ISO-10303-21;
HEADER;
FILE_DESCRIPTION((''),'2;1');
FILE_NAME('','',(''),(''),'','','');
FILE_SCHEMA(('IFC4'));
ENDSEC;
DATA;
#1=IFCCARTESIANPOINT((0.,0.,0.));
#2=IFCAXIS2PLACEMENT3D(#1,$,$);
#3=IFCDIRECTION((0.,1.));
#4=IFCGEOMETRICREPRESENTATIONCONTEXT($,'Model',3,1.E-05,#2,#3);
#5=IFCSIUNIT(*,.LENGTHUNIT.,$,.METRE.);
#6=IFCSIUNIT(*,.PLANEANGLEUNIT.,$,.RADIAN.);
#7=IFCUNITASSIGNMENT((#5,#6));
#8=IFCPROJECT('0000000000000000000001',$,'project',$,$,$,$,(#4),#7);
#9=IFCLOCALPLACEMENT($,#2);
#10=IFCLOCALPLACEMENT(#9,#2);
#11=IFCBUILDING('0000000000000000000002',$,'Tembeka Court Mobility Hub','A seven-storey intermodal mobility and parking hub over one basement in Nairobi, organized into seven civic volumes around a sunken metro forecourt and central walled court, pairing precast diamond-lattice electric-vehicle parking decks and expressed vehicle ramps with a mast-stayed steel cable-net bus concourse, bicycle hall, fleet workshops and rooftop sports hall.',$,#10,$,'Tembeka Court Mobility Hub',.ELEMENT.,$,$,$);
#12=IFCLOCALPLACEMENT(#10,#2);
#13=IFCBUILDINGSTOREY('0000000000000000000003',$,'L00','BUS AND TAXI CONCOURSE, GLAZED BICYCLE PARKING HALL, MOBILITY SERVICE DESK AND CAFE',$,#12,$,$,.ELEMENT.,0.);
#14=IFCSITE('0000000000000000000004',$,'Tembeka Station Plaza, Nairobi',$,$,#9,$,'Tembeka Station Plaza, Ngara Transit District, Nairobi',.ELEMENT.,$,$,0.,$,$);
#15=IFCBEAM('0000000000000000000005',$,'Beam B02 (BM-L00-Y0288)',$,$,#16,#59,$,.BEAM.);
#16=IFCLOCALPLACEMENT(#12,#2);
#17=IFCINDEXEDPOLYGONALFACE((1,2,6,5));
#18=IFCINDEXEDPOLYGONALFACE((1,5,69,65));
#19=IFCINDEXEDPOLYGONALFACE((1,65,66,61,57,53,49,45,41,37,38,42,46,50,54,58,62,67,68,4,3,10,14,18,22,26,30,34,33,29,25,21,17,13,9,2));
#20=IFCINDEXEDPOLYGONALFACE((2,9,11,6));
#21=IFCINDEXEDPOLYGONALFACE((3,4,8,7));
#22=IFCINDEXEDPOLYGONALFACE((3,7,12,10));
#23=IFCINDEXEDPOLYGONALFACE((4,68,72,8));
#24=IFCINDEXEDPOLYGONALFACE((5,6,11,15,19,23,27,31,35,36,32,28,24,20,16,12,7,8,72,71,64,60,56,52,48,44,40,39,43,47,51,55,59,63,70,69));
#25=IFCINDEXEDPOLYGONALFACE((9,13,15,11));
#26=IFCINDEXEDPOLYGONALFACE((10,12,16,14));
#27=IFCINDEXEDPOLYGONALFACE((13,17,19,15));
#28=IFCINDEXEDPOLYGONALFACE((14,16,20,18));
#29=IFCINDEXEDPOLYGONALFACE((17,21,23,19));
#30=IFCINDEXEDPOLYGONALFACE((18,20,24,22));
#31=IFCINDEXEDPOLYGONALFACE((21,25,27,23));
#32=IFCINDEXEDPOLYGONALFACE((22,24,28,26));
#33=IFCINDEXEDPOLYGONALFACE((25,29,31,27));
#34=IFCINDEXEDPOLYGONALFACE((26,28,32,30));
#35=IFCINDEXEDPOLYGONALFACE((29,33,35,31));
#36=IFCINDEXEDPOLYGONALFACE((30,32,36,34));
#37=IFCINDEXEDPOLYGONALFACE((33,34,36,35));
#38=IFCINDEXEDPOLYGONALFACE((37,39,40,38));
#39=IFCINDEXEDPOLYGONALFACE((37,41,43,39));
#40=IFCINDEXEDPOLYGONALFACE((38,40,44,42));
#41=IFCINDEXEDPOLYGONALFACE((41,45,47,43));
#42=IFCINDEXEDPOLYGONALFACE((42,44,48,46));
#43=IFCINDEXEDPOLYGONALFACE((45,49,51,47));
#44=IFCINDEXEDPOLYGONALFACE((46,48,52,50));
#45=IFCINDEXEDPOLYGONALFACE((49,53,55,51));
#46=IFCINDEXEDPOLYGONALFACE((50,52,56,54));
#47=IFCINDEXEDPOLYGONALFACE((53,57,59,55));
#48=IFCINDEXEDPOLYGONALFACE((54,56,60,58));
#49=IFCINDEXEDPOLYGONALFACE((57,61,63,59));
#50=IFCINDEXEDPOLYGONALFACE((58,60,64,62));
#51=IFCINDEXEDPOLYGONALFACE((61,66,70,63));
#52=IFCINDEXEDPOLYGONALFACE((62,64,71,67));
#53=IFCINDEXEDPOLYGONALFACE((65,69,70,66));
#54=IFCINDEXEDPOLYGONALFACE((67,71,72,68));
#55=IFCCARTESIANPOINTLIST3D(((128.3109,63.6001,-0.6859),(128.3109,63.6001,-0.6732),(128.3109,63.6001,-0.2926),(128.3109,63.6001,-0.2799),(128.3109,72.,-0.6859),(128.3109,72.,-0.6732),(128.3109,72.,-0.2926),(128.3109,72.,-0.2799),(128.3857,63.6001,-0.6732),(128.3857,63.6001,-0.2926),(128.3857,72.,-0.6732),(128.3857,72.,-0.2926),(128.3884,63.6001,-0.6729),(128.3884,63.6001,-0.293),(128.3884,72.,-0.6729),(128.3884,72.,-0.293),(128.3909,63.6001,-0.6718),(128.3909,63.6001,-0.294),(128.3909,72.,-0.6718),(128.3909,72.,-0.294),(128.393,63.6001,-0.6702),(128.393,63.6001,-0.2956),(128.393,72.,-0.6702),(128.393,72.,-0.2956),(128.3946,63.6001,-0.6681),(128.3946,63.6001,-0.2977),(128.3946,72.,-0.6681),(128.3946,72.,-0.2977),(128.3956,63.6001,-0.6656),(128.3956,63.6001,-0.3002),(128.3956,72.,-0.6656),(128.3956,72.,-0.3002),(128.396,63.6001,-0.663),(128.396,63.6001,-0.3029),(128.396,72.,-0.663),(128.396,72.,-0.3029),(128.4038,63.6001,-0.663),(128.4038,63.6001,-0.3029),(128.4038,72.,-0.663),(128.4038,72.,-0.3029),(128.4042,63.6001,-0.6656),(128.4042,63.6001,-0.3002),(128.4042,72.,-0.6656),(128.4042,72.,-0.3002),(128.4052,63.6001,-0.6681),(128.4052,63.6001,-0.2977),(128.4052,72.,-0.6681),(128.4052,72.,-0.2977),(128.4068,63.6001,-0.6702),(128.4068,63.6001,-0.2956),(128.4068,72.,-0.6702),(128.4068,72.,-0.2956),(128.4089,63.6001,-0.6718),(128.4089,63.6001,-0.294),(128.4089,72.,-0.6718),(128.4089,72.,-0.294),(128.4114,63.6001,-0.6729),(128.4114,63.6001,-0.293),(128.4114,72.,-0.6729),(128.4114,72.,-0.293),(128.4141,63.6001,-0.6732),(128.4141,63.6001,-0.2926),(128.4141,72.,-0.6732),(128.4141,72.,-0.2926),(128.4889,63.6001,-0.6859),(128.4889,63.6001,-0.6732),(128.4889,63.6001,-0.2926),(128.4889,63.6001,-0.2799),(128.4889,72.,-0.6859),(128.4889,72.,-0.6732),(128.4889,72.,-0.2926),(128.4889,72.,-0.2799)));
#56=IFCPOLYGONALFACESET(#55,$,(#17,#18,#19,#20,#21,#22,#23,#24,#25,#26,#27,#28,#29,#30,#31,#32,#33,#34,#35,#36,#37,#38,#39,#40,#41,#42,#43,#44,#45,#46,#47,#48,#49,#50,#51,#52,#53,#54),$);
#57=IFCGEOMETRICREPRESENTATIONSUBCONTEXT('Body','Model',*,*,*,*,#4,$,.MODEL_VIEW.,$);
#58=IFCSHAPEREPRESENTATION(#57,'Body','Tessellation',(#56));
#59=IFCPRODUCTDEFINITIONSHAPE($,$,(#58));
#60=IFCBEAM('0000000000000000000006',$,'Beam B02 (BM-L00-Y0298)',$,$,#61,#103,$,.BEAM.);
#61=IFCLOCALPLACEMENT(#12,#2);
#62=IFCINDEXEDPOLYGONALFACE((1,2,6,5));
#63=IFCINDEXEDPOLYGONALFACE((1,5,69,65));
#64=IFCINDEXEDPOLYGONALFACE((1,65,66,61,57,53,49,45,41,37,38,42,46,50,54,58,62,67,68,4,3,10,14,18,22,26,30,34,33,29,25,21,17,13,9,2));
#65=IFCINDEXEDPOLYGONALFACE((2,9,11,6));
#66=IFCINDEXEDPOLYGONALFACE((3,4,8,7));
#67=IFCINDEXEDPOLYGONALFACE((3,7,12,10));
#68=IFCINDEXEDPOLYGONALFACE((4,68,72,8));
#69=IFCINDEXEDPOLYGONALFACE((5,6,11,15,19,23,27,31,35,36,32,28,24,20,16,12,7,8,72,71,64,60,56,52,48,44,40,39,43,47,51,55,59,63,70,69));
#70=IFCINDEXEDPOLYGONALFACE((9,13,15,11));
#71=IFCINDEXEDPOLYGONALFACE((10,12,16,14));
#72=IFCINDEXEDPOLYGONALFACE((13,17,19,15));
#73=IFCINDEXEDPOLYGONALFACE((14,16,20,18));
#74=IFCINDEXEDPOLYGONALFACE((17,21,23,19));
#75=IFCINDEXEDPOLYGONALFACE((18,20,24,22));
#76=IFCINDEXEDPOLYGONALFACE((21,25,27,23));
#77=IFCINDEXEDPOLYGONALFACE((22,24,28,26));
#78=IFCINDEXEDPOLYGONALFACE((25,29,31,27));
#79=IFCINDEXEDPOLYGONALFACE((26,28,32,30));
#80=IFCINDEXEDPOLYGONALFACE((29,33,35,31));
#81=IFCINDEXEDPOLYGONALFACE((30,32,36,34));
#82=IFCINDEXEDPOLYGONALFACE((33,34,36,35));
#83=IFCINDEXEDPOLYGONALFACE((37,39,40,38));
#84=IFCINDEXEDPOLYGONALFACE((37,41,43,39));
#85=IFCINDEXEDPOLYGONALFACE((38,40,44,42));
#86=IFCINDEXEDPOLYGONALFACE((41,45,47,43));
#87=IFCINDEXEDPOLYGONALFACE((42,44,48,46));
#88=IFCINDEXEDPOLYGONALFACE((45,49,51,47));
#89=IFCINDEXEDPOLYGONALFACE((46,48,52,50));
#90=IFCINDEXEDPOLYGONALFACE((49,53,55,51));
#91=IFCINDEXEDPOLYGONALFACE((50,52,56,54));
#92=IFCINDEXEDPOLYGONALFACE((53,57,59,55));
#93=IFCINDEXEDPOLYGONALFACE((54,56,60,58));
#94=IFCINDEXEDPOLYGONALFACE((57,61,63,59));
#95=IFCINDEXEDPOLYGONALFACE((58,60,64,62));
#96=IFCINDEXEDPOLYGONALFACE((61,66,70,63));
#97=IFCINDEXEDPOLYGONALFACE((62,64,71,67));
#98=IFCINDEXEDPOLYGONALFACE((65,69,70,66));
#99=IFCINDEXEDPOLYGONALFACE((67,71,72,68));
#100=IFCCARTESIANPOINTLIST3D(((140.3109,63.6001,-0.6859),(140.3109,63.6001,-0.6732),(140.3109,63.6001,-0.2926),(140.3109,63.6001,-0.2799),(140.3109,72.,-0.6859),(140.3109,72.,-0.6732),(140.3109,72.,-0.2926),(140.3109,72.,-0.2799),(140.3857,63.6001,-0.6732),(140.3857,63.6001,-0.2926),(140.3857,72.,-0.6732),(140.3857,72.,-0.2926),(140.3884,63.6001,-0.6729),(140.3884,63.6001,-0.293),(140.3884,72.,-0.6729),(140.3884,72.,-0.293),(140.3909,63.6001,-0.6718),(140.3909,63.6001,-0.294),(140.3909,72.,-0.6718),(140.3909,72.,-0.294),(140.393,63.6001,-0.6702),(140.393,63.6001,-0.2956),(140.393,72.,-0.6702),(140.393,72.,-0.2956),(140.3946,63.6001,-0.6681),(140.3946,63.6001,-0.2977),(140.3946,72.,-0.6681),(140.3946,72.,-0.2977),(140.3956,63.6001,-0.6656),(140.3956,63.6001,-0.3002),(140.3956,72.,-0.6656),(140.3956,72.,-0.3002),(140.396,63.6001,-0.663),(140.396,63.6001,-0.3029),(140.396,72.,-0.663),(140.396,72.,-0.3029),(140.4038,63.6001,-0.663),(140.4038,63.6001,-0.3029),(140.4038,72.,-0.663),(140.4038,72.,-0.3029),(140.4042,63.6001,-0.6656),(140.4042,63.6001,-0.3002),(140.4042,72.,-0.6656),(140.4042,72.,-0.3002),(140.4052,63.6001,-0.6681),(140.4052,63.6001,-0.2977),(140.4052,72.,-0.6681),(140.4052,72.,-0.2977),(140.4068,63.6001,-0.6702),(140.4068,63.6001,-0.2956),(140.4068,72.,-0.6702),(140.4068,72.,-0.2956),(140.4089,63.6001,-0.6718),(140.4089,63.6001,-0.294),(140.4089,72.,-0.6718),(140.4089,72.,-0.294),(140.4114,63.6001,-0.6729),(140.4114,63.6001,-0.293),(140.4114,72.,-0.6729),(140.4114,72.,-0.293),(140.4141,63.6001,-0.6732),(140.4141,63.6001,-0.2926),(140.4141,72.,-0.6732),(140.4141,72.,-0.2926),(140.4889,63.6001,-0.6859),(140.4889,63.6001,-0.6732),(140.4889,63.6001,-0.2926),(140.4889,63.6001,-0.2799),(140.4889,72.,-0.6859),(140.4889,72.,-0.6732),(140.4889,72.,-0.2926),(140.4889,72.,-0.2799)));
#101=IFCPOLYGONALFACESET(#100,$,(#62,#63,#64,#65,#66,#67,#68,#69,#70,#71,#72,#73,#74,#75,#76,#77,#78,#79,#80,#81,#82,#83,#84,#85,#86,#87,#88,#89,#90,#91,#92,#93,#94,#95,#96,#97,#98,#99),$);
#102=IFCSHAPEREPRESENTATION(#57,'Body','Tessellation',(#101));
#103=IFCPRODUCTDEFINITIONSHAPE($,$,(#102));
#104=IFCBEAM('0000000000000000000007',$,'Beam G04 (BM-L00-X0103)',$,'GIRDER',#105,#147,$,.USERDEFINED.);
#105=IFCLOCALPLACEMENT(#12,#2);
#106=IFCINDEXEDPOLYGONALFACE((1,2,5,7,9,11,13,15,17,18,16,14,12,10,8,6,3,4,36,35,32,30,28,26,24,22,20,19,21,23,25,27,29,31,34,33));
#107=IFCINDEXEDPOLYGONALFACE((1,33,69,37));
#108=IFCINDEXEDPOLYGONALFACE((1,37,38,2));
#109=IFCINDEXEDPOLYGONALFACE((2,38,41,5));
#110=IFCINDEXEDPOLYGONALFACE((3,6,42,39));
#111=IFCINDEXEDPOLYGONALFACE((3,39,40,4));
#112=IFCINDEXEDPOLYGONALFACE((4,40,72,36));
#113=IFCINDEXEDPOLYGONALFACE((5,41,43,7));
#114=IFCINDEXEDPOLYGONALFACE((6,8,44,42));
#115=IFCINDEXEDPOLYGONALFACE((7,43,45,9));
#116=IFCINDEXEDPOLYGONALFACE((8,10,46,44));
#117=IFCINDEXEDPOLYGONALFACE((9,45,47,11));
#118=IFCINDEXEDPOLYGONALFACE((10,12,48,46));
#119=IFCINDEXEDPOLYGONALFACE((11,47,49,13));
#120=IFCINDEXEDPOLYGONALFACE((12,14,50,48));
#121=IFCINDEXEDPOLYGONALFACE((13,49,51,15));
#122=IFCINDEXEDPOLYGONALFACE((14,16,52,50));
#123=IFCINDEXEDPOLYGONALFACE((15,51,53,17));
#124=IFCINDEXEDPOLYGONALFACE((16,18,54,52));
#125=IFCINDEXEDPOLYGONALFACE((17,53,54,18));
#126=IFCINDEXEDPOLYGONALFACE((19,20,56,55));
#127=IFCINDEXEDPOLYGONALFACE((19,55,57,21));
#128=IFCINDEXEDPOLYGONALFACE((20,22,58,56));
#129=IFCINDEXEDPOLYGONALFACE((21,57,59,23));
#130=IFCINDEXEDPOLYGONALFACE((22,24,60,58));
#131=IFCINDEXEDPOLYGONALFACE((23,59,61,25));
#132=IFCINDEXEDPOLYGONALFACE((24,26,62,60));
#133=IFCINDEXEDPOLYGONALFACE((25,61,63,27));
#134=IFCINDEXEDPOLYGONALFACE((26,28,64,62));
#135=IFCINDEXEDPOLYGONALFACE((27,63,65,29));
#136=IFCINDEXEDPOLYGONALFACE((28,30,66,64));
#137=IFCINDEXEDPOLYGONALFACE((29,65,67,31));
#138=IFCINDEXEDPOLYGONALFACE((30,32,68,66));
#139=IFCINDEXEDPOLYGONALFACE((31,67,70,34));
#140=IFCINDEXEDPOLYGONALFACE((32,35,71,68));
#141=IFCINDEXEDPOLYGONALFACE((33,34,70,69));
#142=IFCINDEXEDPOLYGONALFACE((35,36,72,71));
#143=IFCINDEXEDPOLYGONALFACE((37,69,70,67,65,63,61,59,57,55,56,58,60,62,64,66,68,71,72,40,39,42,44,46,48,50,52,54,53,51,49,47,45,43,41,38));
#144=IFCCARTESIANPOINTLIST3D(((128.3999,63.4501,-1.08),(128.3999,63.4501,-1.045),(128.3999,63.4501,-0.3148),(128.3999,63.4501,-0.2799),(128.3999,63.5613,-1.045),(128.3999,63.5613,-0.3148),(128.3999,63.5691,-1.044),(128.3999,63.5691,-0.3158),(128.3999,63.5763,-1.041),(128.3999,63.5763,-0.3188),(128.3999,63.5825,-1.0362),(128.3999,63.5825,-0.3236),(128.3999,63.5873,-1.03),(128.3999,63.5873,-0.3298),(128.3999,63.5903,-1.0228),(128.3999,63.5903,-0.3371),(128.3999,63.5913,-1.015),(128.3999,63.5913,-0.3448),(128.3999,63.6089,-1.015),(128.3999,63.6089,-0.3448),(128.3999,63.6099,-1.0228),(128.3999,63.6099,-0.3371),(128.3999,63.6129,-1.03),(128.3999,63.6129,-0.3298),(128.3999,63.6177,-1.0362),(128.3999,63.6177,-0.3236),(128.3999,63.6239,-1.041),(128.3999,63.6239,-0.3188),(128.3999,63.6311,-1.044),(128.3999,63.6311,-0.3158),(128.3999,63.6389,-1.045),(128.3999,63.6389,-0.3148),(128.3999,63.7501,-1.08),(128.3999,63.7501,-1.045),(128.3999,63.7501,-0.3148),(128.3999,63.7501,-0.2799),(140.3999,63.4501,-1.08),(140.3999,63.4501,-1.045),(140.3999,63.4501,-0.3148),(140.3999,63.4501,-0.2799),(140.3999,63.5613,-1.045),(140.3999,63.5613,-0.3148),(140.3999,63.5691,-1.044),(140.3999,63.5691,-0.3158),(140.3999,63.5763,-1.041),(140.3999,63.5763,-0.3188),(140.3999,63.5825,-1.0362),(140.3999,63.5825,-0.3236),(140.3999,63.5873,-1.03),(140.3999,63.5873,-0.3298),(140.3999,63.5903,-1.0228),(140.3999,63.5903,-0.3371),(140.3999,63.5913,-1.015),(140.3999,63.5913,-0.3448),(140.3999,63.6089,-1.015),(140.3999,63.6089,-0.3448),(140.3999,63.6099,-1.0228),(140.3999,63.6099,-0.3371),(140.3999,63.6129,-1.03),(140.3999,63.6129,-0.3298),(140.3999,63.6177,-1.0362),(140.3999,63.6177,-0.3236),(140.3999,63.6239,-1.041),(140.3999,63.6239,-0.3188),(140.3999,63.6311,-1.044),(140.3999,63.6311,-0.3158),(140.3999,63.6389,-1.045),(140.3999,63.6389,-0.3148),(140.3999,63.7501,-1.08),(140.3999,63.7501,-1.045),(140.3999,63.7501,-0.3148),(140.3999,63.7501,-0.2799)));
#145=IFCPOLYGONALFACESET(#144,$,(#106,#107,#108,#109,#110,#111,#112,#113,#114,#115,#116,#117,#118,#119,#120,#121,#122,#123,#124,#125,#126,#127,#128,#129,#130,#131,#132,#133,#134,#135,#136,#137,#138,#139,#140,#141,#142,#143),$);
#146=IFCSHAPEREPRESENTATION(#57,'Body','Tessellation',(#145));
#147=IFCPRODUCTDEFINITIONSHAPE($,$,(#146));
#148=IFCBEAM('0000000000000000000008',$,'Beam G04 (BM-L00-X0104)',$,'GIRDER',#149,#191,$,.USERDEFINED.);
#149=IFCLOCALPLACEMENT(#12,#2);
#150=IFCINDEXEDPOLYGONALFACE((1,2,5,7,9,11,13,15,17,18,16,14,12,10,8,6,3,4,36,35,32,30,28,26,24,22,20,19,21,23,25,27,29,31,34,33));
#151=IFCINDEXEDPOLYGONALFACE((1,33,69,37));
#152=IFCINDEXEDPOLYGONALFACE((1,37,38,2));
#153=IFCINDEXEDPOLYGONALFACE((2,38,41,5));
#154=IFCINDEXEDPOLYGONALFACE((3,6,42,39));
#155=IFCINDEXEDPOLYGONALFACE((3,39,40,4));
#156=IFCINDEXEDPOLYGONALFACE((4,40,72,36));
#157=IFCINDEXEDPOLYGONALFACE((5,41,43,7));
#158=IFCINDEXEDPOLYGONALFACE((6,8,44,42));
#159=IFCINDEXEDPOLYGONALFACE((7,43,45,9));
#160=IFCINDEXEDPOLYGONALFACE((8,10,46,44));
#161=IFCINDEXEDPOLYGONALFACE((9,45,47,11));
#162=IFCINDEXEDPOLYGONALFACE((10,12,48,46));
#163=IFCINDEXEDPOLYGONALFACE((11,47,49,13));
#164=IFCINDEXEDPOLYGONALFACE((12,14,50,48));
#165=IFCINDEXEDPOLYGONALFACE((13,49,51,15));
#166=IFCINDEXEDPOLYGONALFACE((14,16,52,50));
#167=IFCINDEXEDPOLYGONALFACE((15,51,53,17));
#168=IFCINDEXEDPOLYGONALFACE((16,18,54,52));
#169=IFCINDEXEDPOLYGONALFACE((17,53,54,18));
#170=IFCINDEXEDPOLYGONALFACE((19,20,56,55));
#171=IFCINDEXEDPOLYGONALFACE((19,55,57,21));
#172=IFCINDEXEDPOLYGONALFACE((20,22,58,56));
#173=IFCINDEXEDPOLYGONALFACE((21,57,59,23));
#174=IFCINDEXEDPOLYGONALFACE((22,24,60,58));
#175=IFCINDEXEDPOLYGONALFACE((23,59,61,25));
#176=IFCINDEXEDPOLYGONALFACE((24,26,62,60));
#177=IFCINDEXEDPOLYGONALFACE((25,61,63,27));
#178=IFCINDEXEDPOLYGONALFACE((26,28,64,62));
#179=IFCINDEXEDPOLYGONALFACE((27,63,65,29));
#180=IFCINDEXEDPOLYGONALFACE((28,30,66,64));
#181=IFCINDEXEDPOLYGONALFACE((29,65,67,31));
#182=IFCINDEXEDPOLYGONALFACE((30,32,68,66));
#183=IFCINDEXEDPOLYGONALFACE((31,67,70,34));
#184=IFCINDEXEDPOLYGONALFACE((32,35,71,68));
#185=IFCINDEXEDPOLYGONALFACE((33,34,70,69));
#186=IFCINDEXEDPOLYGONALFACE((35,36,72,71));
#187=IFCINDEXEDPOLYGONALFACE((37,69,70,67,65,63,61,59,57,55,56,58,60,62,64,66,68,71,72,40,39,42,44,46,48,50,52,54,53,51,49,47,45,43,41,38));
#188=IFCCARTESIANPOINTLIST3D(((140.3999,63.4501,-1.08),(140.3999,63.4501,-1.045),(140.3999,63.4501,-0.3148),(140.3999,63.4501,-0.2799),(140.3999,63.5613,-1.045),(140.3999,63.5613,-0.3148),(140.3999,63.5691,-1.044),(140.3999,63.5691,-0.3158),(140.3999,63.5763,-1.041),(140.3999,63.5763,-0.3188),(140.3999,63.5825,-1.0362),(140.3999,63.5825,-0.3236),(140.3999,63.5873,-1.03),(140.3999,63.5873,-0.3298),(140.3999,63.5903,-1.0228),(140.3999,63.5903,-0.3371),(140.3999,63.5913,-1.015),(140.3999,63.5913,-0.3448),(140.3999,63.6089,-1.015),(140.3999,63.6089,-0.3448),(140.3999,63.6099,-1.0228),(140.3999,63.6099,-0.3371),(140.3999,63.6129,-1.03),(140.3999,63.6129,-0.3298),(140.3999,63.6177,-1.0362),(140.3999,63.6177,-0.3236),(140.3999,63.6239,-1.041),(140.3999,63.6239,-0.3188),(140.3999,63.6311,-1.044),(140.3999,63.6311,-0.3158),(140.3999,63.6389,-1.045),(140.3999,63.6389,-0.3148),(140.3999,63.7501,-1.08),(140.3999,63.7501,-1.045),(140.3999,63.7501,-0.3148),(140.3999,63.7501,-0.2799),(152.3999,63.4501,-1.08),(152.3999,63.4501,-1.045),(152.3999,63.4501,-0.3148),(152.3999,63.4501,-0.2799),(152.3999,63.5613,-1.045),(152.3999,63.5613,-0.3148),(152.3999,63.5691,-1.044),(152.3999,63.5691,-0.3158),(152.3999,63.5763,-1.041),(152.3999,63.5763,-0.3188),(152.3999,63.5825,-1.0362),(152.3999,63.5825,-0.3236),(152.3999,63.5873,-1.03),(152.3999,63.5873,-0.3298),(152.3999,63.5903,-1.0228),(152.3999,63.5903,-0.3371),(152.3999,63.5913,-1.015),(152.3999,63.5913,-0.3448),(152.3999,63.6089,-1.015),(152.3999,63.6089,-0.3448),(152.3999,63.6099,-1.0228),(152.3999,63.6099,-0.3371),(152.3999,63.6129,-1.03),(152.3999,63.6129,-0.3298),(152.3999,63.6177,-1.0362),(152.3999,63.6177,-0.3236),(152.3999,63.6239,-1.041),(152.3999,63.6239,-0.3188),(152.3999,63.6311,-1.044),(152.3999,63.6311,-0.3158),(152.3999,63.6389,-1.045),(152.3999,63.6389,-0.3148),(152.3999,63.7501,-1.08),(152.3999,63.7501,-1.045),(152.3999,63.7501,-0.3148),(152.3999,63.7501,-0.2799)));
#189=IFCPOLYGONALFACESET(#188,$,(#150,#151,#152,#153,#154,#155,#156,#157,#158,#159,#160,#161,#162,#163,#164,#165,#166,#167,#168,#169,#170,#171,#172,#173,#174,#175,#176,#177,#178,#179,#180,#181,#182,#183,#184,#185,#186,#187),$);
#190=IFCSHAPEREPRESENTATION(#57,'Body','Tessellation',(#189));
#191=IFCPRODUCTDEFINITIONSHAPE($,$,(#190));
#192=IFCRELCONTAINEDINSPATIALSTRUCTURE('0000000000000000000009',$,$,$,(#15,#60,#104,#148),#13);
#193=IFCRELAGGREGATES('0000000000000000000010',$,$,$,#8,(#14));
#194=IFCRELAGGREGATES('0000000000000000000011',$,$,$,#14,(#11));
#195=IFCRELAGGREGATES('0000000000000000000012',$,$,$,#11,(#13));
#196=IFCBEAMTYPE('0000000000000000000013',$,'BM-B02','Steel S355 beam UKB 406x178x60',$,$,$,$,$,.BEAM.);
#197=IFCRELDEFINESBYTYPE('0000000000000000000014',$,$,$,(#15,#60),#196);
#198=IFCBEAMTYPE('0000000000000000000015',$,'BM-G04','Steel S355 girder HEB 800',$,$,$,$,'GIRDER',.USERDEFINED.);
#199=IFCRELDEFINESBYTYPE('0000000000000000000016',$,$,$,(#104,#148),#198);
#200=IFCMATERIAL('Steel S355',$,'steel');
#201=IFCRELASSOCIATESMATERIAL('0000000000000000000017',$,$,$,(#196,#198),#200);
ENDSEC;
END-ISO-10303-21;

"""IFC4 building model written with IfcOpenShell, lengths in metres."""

from ifc_helpers import new_model, si_unit, direction, frame, origin, origin_2d, place, context, subcontext, project, spatial, i_section, extrude, material, material_profile, profile_set, type_object, element, save


model = new_model("IFC4")

# Units and contexts
model_context = context("Model", 3, precision=1e-05, world=origin(), true_north=direction((0.0, 1.0)))
body_context = subcontext(model_context, "Body", "Model", "MODEL_VIEW")
ifc_project = project(units=[si_unit("LENGTHUNIT", "METRE"), si_unit("PLANEANGLEUNIT", "RADIAN")], contexts=[model_context])

# Site, building, storey
site_placement = place(None, origin())
site = spatial("IfcSite", under=ifc_project, at=site_placement, Name="Tembeka Station Plaza, Nairobi", LongName="Tembeka Station Plaza, Ngara Transit District, Nairobi", CompositionType="ELEMENT", RefElevation=0.0)
building_placement = place(site_placement, origin())
building = spatial("IfcBuilding", under=site, at=building_placement, Name="Tembeka Court Mobility Hub", Description="A seven-storey intermodal mobility and parking hub over one basement in Nairobi, organized into seven civic volumes around a sunken metro forecourt and central walled court, pairing precast diamond-lattice electric-vehicle parking decks and expressed vehicle ramps with a mast-stayed steel cable-net bus concourse, bicycle hall, fleet workshops and rooftop sports hall.", LongName="Tembeka Court Mobility Hub", CompositionType="ELEMENT")
storey_placement = place(building_placement, origin())
storey = spatial("IfcBuildingStorey", under=building, at=storey_placement, Name="L00", Description="BUS AND TAXI CONCOURSE, GLAZED BICYCLE PARKING HALL, MOBILITY SERVICE DESK AND CAFE", CompositionType="ELEMENT", Elevation=0.0)

# Shared definitions
ifc_material_1 = material(Name="Steel S355", Category="steel")

# Beams
ifc_material_profile_1 = material_profile(ifc_material_1, i_section(OverallWidth=0.178, OverallDepth=0.406, WebThickness=0.0078, FlangeThickness=0.0127, FilletRadius=0.0103, at=origin_2d()), Name="UKB 406x178x60")
ifc_profile_set_1 = profile_set([ifc_material_profile_1], Name="Steel S355")
beam_type_1 = type_object("IfcBeamType", Name="BM-B02", Description="Steel S355 beam UKB 406x178x60", PredefinedType="BEAM", material=ifc_profile_set_1)
for number, where, z_axis, x_axis, name in (
    (1, (128.3999, 63.6001, -0.4829), (0.0, 1.0, 0.0), (-1.0, 0.0, 0.0), "Beam B02 (BM-L00-Y0288)"),
    (2, (140.3999, 63.6001, -0.4829), (0.0, 1.0, 0.0), (-1.0, 0.0, 0.0), "Beam B02 (BM-L00-Y0298)"),
):
    element("IfcBeam", number, at=place(storey_placement, frame(where, z_axis=z_axis, x_axis=x_axis)), inside=storey, type_object=beam_type_1, Name=name, PredefinedType="BEAM", context=body_context, shape_type="SweptSolid", body=[
        extrude(i_section(OverallWidth=0.178, OverallDepth=0.406, WebThickness=0.0078, FlangeThickness=0.0127, FilletRadius=0.0103, at=origin_2d()), origin(), (0.0, 0.0, 1.0), 8.3999),
    ])
ifc_material_profile_2 = material_profile(ifc_material_1, i_section(OverallWidth=0.3, OverallDepth=0.8, WebThickness=0.0176, FlangeThickness=0.0349, FilletRadius=0.03, at=origin_2d()), Name="HEB 800")
ifc_profile_set_2 = profile_set([ifc_material_profile_2], Name="Steel S355")
beam_type_2 = type_object("IfcBeamType", Name="BM-G04", Description="Steel S355 girder HEB 800", ElementType="GIRDER", PredefinedType="USERDEFINED", material=ifc_profile_set_2)
for number, where, z_axis, x_axis, name in (
    (3, (128.3999, 63.6001, -0.6799), (1.0, 0.0, 0.0), (0.0, 1.0, 0.0), "Beam G04 (BM-L00-X0103)"),
    (4, (140.3999, 63.6001, -0.6799), (1.0, 0.0, 0.0), (0.0, 1.0, 0.0), "Beam G04 (BM-L00-X0104)"),
):
    element("IfcBeam", number, at=place(storey_placement, frame(where, z_axis=z_axis, x_axis=x_axis)), inside=storey, type_object=beam_type_2, Name=name, ObjectType="GIRDER", PredefinedType="USERDEFINED", context=body_context, shape_type="SweptSolid", body=[
        extrude(i_section(OverallWidth=0.3, OverallDepth=0.8, WebThickness=0.0176, FlangeThickness=0.0349, FilletRadius=0.03, at=origin_2d()), origin(), (0.0, 0.0, 1.0), 12.0),
    ])

save(model, "model.ifc")
